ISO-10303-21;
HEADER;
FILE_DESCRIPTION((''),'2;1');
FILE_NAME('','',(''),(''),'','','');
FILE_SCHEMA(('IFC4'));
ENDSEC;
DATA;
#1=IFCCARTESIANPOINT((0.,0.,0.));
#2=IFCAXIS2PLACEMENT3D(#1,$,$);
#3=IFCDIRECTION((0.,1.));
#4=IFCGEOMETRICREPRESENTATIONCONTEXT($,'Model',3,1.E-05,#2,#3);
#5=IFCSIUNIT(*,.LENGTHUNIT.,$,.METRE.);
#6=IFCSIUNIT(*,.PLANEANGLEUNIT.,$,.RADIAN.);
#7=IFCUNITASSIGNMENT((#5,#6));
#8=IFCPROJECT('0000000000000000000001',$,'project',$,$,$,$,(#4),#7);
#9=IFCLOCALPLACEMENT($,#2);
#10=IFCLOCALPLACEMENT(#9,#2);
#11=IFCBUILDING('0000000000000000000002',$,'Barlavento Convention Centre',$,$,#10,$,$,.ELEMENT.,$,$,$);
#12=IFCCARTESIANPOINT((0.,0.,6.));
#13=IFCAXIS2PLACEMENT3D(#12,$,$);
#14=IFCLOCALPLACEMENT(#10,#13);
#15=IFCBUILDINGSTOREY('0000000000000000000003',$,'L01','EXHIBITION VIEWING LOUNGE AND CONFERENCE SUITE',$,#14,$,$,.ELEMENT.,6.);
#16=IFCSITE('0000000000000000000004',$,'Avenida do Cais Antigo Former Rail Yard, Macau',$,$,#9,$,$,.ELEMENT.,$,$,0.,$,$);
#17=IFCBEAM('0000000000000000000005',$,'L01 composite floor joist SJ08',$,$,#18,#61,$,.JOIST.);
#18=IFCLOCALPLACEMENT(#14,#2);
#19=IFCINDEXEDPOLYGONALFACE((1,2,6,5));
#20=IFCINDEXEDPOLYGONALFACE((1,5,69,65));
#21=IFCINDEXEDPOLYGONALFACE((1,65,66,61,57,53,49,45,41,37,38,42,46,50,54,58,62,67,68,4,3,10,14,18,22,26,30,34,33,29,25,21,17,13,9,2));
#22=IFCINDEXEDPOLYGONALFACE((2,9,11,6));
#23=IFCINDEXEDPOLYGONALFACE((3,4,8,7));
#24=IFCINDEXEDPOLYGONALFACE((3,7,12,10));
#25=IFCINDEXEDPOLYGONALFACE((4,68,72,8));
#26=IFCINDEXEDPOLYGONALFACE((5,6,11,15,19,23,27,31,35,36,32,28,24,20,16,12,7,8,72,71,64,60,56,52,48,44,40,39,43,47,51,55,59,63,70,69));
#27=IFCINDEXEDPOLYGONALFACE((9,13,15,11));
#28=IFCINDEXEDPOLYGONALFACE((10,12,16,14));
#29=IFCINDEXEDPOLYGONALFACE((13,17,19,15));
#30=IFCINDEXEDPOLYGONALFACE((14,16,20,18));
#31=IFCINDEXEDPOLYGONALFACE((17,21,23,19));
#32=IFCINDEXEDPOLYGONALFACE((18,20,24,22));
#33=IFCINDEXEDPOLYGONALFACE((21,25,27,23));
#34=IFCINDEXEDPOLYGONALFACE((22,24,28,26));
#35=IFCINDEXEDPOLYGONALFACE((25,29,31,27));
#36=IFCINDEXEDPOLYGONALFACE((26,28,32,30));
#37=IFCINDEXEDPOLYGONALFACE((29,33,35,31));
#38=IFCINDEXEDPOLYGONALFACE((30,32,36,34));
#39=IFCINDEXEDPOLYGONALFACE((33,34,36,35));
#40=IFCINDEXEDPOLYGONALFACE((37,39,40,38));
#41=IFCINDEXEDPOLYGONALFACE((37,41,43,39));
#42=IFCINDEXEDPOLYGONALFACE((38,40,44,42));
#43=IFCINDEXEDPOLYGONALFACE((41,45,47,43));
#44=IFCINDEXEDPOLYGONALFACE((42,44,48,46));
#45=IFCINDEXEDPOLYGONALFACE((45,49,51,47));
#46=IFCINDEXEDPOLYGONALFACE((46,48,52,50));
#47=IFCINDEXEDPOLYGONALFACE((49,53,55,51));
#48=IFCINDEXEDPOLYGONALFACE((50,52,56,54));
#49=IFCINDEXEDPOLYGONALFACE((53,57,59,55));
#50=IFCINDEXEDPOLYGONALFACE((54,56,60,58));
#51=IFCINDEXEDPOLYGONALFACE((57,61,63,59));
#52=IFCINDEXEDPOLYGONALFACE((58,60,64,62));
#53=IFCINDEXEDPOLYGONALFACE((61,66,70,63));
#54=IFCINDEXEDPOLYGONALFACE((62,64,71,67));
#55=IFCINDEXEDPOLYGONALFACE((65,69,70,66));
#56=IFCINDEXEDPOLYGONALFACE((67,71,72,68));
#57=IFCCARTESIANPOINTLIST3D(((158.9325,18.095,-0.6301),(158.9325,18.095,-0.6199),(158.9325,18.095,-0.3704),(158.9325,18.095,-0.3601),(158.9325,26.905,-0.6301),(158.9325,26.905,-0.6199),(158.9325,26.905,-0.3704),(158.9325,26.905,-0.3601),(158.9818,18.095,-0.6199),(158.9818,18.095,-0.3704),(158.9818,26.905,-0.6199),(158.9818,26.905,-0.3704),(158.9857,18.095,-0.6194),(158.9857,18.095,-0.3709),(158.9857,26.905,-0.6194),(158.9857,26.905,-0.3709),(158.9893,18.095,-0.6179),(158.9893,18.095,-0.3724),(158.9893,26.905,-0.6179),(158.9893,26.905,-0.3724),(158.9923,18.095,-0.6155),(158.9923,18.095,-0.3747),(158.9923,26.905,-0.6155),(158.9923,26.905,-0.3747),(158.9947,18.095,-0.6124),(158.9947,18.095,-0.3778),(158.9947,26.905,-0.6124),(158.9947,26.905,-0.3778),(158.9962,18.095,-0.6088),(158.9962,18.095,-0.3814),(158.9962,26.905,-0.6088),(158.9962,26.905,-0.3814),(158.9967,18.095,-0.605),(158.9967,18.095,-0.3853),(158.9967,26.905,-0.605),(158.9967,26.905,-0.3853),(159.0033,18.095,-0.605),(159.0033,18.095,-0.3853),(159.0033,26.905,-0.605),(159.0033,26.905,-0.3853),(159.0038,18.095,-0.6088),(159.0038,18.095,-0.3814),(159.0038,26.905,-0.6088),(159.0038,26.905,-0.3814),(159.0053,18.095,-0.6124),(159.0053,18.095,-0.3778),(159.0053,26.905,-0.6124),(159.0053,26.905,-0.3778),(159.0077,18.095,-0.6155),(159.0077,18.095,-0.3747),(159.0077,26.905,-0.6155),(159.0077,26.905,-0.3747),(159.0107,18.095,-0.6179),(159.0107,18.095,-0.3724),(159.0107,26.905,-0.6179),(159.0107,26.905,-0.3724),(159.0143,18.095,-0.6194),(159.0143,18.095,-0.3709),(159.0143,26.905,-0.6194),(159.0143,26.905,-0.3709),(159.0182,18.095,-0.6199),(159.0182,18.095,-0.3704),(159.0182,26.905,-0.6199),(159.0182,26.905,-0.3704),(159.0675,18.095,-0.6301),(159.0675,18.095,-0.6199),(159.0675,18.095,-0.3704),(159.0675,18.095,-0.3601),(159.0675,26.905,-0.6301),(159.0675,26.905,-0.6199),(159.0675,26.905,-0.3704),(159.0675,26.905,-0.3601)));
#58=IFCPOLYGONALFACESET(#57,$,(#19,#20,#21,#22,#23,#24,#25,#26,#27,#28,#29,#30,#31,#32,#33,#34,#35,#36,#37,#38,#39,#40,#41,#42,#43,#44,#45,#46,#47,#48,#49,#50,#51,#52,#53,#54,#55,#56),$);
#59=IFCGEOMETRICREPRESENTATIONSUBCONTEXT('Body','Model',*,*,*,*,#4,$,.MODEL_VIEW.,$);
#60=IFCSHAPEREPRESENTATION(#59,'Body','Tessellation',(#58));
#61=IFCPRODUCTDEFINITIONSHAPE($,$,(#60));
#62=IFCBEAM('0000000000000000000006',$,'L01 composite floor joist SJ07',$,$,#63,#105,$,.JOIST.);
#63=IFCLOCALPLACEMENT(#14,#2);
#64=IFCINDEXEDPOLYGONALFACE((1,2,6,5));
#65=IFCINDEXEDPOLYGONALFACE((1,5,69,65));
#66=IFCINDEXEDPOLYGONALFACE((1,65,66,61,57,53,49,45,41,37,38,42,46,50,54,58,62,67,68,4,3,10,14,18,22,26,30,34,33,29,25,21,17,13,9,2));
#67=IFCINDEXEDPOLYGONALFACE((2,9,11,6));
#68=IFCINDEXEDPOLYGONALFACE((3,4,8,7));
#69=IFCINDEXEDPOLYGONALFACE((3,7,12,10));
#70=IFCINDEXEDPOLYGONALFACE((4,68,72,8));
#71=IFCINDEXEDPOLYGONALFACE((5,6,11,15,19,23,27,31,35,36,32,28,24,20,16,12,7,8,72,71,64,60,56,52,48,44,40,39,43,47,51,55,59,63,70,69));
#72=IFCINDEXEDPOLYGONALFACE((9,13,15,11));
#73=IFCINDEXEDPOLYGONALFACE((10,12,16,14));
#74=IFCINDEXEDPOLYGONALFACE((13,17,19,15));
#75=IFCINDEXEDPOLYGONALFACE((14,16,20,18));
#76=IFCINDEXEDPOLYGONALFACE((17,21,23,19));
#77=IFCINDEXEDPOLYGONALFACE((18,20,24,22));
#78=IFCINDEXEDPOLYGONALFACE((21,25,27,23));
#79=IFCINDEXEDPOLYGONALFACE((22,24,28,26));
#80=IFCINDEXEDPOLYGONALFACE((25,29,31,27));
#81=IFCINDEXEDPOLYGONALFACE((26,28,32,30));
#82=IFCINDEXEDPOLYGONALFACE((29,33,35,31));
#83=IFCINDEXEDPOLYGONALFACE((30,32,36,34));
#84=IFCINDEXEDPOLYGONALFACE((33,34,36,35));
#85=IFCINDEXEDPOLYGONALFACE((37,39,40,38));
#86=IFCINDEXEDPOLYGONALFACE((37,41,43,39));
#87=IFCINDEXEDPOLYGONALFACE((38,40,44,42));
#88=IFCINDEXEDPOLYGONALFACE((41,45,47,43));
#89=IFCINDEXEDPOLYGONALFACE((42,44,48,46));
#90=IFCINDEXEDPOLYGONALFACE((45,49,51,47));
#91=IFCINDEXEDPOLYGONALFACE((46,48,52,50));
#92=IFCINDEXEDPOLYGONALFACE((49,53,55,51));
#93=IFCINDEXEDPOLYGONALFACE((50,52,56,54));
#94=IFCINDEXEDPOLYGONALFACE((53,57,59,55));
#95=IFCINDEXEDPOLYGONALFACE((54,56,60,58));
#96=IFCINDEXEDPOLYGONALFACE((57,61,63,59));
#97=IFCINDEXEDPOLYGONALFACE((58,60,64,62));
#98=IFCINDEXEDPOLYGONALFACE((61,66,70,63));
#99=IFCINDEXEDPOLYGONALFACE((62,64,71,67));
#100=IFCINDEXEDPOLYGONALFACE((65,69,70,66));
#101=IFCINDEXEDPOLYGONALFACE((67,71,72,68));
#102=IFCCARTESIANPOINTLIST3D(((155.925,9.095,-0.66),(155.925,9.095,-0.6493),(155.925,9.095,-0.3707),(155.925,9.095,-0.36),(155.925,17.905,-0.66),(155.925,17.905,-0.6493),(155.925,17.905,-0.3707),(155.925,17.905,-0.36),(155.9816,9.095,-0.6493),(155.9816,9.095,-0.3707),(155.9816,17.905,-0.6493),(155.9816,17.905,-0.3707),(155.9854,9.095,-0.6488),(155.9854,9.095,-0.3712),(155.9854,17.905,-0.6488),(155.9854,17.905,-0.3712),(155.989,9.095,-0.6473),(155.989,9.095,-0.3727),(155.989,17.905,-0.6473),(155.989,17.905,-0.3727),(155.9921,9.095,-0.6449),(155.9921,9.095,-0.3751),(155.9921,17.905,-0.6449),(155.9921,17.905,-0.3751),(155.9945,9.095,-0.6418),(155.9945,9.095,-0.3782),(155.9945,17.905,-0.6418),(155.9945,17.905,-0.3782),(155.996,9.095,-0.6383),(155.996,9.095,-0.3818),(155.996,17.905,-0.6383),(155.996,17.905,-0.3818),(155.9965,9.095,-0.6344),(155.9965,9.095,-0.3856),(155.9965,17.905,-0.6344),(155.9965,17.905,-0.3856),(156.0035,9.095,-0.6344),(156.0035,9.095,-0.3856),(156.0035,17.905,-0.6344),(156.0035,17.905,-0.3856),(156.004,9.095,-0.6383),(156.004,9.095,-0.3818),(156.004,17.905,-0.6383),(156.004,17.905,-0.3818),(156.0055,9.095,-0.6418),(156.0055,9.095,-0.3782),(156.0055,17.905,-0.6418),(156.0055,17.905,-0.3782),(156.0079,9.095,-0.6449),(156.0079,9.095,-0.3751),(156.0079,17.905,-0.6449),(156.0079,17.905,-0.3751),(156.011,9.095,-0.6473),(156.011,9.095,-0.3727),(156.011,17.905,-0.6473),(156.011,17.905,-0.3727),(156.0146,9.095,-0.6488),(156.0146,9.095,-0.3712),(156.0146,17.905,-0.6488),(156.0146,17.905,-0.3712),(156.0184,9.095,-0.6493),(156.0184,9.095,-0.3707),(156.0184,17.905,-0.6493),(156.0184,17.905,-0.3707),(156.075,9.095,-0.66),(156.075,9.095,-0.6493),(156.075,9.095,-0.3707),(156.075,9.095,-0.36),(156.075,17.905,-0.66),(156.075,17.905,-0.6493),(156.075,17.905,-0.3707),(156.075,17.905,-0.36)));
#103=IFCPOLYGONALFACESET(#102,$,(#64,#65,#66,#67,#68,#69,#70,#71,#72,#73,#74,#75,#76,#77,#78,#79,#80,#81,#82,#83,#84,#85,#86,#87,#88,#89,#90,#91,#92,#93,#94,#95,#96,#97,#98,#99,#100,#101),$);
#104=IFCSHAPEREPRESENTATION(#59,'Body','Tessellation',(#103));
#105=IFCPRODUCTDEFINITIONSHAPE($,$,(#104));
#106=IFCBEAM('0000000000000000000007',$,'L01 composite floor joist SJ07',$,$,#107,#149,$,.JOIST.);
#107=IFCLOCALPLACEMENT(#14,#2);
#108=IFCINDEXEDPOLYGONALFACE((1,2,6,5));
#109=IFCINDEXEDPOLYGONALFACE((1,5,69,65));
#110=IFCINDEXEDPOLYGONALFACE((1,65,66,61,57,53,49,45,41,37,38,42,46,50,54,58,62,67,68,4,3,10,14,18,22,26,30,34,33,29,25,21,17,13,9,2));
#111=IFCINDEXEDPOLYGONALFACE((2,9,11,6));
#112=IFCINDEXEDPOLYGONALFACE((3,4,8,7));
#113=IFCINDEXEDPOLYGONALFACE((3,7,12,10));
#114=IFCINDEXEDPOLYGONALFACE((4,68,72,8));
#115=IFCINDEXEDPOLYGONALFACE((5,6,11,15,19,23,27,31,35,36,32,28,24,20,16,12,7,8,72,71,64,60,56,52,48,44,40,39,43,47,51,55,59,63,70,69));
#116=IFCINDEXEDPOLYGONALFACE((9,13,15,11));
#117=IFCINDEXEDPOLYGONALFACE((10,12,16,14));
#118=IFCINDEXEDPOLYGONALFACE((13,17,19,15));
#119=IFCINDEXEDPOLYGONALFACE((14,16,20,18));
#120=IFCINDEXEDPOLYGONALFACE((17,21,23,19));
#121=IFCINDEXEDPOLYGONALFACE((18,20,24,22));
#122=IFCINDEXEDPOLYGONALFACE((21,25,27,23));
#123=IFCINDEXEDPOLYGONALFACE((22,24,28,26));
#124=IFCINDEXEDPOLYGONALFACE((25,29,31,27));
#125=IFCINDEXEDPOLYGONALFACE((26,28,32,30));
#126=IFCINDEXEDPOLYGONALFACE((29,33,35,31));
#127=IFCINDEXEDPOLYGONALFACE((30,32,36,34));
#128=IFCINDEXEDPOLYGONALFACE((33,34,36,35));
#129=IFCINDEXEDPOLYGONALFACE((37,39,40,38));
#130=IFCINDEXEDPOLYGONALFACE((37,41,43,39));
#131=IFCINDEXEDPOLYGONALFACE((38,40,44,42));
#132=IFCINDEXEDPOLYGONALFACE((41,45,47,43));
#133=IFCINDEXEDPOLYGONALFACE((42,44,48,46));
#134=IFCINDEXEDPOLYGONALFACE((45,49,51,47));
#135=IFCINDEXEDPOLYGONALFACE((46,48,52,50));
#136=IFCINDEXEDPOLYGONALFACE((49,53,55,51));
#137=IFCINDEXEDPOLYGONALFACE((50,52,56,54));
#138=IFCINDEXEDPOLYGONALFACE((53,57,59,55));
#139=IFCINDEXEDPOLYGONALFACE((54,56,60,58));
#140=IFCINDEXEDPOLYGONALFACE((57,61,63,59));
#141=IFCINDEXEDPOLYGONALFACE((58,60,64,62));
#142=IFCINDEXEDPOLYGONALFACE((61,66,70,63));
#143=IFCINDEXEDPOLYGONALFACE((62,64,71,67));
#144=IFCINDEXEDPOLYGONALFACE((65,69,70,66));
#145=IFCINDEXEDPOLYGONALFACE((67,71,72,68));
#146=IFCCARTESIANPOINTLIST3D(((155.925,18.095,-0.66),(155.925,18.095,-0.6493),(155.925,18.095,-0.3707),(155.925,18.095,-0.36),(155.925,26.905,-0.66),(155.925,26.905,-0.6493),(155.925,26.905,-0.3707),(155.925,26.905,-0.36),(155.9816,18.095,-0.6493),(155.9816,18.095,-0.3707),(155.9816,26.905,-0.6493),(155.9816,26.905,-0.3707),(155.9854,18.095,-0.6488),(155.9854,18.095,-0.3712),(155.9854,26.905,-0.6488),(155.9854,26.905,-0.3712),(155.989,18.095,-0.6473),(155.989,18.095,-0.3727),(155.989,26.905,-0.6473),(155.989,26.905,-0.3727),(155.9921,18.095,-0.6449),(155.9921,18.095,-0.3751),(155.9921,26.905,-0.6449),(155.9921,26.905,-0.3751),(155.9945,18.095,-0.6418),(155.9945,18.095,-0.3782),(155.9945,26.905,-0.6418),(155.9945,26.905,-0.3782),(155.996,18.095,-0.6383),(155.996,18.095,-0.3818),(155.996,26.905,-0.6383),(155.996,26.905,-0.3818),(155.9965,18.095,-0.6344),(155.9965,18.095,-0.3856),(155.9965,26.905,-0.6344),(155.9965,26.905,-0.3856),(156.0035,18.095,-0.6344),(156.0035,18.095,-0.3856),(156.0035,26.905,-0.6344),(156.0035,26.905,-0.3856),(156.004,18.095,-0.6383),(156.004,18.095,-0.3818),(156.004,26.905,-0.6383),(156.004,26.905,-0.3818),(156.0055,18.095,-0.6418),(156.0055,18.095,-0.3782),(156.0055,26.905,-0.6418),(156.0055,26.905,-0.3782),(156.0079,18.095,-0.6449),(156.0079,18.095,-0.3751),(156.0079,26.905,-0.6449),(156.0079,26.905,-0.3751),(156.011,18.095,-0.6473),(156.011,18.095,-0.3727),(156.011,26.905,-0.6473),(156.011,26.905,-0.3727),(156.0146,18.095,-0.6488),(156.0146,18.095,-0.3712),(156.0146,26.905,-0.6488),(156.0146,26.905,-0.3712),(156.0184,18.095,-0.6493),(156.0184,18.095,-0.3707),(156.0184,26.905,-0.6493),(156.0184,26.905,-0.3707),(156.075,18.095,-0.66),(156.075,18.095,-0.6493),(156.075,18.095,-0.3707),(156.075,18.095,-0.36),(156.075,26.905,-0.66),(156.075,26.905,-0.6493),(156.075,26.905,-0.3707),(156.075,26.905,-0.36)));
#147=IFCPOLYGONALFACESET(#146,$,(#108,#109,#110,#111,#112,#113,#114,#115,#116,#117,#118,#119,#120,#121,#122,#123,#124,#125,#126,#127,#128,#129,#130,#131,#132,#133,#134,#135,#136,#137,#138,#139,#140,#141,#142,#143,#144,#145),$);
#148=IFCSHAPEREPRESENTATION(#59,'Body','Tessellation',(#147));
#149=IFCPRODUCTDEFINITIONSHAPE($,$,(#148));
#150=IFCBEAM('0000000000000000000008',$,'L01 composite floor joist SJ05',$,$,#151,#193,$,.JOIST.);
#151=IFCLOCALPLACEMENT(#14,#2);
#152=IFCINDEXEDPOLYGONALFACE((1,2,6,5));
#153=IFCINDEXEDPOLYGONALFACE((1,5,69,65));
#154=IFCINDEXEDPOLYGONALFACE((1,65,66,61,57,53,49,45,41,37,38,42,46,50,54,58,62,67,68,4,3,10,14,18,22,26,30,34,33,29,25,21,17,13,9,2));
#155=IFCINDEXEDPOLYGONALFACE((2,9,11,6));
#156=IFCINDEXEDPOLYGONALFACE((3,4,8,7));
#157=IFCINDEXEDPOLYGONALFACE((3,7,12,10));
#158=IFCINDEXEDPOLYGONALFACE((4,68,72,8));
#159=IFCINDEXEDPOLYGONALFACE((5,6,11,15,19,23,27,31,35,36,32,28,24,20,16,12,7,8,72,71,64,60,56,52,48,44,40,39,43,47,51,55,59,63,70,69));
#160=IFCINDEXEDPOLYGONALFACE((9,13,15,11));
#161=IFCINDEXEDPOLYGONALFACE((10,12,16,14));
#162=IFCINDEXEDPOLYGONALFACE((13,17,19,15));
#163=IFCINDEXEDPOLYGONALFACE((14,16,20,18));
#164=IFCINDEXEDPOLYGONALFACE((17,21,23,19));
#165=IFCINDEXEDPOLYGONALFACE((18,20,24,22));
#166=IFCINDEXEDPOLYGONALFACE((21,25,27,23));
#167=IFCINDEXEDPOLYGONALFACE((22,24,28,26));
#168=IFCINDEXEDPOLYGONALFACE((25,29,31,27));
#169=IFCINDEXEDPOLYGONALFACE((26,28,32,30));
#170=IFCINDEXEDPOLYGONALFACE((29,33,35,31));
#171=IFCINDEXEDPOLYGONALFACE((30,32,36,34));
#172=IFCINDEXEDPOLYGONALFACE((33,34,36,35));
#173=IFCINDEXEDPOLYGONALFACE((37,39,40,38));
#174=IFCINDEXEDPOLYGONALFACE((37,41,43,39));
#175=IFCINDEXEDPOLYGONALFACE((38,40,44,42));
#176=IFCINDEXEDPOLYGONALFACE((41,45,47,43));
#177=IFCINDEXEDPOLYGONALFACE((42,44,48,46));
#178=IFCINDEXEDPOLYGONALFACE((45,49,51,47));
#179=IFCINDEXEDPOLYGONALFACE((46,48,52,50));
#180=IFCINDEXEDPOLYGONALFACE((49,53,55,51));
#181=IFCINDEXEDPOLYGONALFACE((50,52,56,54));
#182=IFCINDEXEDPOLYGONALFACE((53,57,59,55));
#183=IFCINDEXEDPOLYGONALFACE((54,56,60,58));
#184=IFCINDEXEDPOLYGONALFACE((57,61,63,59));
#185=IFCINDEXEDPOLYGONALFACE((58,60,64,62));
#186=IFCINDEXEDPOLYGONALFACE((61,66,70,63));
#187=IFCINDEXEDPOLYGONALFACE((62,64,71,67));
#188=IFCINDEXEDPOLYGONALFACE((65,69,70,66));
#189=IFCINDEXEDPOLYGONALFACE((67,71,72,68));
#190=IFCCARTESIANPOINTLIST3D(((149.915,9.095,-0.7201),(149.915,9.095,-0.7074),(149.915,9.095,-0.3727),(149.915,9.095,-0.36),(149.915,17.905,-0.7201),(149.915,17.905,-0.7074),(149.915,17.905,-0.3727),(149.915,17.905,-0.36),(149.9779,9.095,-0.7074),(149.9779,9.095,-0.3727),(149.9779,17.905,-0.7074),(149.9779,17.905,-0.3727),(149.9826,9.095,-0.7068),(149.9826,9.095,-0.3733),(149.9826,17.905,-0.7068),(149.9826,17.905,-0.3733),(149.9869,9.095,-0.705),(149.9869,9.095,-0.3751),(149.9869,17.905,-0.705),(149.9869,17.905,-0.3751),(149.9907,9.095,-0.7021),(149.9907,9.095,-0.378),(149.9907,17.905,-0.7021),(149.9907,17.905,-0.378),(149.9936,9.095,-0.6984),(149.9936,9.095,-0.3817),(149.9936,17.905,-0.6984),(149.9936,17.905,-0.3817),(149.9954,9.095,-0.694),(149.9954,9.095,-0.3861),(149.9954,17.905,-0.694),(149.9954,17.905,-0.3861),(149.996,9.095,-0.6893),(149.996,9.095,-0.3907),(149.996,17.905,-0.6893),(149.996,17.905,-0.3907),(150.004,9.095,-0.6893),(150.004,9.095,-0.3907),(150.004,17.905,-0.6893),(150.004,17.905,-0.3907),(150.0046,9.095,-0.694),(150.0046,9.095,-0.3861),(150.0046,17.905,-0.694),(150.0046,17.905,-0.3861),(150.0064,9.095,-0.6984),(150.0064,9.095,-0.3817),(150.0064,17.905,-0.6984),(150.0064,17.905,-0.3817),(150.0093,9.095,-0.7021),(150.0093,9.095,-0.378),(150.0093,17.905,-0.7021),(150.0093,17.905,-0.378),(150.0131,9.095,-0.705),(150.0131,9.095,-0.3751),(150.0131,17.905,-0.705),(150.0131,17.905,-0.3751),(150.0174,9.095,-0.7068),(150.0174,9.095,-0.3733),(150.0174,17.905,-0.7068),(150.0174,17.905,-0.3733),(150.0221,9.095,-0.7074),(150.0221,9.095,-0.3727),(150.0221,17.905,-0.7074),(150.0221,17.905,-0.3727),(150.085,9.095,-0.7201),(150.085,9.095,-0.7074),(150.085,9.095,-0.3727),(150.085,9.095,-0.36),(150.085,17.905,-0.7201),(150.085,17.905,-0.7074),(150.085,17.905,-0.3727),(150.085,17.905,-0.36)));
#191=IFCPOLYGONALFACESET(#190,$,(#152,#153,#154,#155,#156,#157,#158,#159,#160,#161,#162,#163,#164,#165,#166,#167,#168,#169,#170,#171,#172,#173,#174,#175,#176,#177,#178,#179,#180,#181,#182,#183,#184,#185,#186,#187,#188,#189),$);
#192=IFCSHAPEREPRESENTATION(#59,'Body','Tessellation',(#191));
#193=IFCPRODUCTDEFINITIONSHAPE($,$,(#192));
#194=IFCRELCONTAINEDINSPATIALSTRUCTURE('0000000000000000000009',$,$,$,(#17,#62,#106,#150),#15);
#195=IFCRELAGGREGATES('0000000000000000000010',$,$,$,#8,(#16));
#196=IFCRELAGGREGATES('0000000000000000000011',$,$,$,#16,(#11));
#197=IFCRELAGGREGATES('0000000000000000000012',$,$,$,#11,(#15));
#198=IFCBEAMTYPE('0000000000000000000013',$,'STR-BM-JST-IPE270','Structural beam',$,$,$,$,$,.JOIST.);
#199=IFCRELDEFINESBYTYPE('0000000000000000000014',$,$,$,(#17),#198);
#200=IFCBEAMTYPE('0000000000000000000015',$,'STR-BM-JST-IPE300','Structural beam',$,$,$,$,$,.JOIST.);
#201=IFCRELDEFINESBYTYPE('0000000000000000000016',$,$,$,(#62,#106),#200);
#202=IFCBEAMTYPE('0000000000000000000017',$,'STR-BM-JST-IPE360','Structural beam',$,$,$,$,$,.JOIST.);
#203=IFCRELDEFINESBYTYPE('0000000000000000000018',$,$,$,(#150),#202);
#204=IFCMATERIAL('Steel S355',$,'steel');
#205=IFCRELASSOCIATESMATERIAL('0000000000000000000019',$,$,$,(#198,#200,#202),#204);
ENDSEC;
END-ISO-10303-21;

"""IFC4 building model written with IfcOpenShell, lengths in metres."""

from ifc_helpers import new_model, si_unit, direction, frame, origin, origin_2d, place, context, subcontext, project, spatial, i_section, extrude, material, material_profile, profile_set, type_object, element, save


model = new_model("IFC4")

# Units and contexts
model_context = context("Model", 3, precision=1e-05, world=origin(), true_north=direction((0.0, 1.0)))
body_context = subcontext(model_context, "Body", "Model", "MODEL_VIEW")
ifc_project = project(units=[si_unit("LENGTHUNIT", "METRE"), si_unit("PLANEANGLEUNIT", "RADIAN")], contexts=[model_context])

# Site, building, storey
site_placement = place(None, origin())
site = spatial("IfcSite", under=ifc_project, at=site_placement, Name="Avenida do Cais Antigo Former Rail Yard, Macau", CompositionType="ELEMENT", RefElevation=0.0)
building_placement = place(site_placement, origin())
building = spatial("IfcBuilding", under=site, at=building_placement, Name="Barlavento Convention Centre", CompositionType="ELEMENT")
storey_placement = place(building_placement, frame((0.0, 0.0, 6.0)))
storey = spatial("IfcBuildingStorey", under=building, at=storey_placement, Name="L01", Description="EXHIBITION VIEWING LOUNGE AND CONFERENCE SUITE", CompositionType="ELEMENT", Elevation=6.0)

# Shared definitions
ifc_material_1 = material(Name="Steel S355", Category="steel")

# Beams
ifc_material_profile_1 = material_profile(ifc_material_1, i_section(OverallWidth=0.135, OverallDepth=0.27, WebThickness=0.0066, FlangeThickness=0.0103, FilletRadius=0.0149, at=origin_2d()), Name="IPE 270")
ifc_profile_set_1 = profile_set([ifc_material_profile_1], Name="Steel S355")
beam_type_1 = type_object("IfcBeamType", Name="STR-BM-JST-IPE270", Description="Structural beam", PredefinedType="JOIST", material=ifc_profile_set_1)
for number, where, z_axis, x_axis, name in (
    (1, (159.0, 18.095, -0.4951), (0.0, 1.0, 0.0), (-1.0, 0.0, 0.0), "L01 composite floor joist SJ08"),
):
    element("IfcBeam", number, at=place(storey_placement, frame(where, z_axis=z_axis, x_axis=x_axis)), inside=storey, type_object=beam_type_1, Name=name, PredefinedType="JOIST", context=body_context, shape_type="SweptSolid", body=[
        extrude(i_section(OverallWidth=0.135, OverallDepth=0.27, WebThickness=0.0066, FlangeThickness=0.0103, FilletRadius=0.0149, at=origin_2d()), origin(), (0.0, 0.0, 1.0), 8.8101),
    ])
ifc_material_profile_2 = material_profile(ifc_material_1, i_section(OverallWidth=0.1499, OverallDepth=0.3, WebThickness=0.0071, FlangeThickness=0.0107, FilletRadius=0.0149, at=origin_2d()), Name="IPE 300")
ifc_profile_set_2 = profile_set([ifc_material_profile_2], Name="Steel S355")
beam_type_2 = type_object("IfcBeamType", Name="STR-BM-JST-IPE300", Description="Structural beam", PredefinedType="JOIST", material=ifc_profile_set_2)
for number, where, z_axis, x_axis, name in (
    (2, (156.0, 9.095, -0.51), (0.0, 1.0, 0.0), (-1.0, 0.0, 0.0), "L01 composite floor joist SJ07"),
    (3, (156.0, 18.095, -0.51), (0.0, 1.0, 0.0), (-1.0, 0.0, 0.0), "L01 composite floor joist SJ07"),
):
    element("IfcBeam", number, at=place(storey_placement, frame(where, z_axis=z_axis, x_axis=x_axis)), inside=storey, type_object=beam_type_2, Name=name, PredefinedType="JOIST", context=body_context, shape_type="SweptSolid", body=[
        extrude(i_section(OverallWidth=0.1499, OverallDepth=0.3, WebThickness=0.0071, FlangeThickness=0.0107, FilletRadius=0.0149, at=origin_2d()), origin(), (0.0, 0.0, 1.0), 8.8101),
    ])
ifc_material_profile_3 = material_profile(ifc_material_1, i_section(OverallWidth=0.1699, OverallDepth=0.3601, WebThickness=0.0081, FlangeThickness=0.0127, FilletRadius=0.0181, at=origin_2d()), Name="IPE 360")
ifc_profile_set_3 = profile_set([ifc_material_profile_3], Name="Steel S355")
beam_type_3 = type_object("IfcBeamType", Name="STR-BM-JST-IPE360", Description="Structural beam", PredefinedType="JOIST", material=ifc_profile_set_3)
for number, where, z_axis, x_axis, name in (
    (4, (150.0, 9.095, -0.54), (0.0, 1.0, 0.0), (-1.0, 0.0, 0.0), "L01 composite floor joist SJ05"),
):
    element("IfcBeam", number, at=place(storey_placement, frame(where, z_axis=z_axis, x_axis=x_axis)), inside=storey, type_object=beam_type_3, Name=name, PredefinedType="JOIST", context=body_context, shape_type="SweptSolid", body=[
        extrude(i_section(OverallWidth=0.1699, OverallDepth=0.3601, WebThickness=0.0081, FlangeThickness=0.0127, FilletRadius=0.0181, at=origin_2d()), origin(), (0.0, 0.0, 1.0), 8.8101),
    ])

save(model, "model.ifc")
